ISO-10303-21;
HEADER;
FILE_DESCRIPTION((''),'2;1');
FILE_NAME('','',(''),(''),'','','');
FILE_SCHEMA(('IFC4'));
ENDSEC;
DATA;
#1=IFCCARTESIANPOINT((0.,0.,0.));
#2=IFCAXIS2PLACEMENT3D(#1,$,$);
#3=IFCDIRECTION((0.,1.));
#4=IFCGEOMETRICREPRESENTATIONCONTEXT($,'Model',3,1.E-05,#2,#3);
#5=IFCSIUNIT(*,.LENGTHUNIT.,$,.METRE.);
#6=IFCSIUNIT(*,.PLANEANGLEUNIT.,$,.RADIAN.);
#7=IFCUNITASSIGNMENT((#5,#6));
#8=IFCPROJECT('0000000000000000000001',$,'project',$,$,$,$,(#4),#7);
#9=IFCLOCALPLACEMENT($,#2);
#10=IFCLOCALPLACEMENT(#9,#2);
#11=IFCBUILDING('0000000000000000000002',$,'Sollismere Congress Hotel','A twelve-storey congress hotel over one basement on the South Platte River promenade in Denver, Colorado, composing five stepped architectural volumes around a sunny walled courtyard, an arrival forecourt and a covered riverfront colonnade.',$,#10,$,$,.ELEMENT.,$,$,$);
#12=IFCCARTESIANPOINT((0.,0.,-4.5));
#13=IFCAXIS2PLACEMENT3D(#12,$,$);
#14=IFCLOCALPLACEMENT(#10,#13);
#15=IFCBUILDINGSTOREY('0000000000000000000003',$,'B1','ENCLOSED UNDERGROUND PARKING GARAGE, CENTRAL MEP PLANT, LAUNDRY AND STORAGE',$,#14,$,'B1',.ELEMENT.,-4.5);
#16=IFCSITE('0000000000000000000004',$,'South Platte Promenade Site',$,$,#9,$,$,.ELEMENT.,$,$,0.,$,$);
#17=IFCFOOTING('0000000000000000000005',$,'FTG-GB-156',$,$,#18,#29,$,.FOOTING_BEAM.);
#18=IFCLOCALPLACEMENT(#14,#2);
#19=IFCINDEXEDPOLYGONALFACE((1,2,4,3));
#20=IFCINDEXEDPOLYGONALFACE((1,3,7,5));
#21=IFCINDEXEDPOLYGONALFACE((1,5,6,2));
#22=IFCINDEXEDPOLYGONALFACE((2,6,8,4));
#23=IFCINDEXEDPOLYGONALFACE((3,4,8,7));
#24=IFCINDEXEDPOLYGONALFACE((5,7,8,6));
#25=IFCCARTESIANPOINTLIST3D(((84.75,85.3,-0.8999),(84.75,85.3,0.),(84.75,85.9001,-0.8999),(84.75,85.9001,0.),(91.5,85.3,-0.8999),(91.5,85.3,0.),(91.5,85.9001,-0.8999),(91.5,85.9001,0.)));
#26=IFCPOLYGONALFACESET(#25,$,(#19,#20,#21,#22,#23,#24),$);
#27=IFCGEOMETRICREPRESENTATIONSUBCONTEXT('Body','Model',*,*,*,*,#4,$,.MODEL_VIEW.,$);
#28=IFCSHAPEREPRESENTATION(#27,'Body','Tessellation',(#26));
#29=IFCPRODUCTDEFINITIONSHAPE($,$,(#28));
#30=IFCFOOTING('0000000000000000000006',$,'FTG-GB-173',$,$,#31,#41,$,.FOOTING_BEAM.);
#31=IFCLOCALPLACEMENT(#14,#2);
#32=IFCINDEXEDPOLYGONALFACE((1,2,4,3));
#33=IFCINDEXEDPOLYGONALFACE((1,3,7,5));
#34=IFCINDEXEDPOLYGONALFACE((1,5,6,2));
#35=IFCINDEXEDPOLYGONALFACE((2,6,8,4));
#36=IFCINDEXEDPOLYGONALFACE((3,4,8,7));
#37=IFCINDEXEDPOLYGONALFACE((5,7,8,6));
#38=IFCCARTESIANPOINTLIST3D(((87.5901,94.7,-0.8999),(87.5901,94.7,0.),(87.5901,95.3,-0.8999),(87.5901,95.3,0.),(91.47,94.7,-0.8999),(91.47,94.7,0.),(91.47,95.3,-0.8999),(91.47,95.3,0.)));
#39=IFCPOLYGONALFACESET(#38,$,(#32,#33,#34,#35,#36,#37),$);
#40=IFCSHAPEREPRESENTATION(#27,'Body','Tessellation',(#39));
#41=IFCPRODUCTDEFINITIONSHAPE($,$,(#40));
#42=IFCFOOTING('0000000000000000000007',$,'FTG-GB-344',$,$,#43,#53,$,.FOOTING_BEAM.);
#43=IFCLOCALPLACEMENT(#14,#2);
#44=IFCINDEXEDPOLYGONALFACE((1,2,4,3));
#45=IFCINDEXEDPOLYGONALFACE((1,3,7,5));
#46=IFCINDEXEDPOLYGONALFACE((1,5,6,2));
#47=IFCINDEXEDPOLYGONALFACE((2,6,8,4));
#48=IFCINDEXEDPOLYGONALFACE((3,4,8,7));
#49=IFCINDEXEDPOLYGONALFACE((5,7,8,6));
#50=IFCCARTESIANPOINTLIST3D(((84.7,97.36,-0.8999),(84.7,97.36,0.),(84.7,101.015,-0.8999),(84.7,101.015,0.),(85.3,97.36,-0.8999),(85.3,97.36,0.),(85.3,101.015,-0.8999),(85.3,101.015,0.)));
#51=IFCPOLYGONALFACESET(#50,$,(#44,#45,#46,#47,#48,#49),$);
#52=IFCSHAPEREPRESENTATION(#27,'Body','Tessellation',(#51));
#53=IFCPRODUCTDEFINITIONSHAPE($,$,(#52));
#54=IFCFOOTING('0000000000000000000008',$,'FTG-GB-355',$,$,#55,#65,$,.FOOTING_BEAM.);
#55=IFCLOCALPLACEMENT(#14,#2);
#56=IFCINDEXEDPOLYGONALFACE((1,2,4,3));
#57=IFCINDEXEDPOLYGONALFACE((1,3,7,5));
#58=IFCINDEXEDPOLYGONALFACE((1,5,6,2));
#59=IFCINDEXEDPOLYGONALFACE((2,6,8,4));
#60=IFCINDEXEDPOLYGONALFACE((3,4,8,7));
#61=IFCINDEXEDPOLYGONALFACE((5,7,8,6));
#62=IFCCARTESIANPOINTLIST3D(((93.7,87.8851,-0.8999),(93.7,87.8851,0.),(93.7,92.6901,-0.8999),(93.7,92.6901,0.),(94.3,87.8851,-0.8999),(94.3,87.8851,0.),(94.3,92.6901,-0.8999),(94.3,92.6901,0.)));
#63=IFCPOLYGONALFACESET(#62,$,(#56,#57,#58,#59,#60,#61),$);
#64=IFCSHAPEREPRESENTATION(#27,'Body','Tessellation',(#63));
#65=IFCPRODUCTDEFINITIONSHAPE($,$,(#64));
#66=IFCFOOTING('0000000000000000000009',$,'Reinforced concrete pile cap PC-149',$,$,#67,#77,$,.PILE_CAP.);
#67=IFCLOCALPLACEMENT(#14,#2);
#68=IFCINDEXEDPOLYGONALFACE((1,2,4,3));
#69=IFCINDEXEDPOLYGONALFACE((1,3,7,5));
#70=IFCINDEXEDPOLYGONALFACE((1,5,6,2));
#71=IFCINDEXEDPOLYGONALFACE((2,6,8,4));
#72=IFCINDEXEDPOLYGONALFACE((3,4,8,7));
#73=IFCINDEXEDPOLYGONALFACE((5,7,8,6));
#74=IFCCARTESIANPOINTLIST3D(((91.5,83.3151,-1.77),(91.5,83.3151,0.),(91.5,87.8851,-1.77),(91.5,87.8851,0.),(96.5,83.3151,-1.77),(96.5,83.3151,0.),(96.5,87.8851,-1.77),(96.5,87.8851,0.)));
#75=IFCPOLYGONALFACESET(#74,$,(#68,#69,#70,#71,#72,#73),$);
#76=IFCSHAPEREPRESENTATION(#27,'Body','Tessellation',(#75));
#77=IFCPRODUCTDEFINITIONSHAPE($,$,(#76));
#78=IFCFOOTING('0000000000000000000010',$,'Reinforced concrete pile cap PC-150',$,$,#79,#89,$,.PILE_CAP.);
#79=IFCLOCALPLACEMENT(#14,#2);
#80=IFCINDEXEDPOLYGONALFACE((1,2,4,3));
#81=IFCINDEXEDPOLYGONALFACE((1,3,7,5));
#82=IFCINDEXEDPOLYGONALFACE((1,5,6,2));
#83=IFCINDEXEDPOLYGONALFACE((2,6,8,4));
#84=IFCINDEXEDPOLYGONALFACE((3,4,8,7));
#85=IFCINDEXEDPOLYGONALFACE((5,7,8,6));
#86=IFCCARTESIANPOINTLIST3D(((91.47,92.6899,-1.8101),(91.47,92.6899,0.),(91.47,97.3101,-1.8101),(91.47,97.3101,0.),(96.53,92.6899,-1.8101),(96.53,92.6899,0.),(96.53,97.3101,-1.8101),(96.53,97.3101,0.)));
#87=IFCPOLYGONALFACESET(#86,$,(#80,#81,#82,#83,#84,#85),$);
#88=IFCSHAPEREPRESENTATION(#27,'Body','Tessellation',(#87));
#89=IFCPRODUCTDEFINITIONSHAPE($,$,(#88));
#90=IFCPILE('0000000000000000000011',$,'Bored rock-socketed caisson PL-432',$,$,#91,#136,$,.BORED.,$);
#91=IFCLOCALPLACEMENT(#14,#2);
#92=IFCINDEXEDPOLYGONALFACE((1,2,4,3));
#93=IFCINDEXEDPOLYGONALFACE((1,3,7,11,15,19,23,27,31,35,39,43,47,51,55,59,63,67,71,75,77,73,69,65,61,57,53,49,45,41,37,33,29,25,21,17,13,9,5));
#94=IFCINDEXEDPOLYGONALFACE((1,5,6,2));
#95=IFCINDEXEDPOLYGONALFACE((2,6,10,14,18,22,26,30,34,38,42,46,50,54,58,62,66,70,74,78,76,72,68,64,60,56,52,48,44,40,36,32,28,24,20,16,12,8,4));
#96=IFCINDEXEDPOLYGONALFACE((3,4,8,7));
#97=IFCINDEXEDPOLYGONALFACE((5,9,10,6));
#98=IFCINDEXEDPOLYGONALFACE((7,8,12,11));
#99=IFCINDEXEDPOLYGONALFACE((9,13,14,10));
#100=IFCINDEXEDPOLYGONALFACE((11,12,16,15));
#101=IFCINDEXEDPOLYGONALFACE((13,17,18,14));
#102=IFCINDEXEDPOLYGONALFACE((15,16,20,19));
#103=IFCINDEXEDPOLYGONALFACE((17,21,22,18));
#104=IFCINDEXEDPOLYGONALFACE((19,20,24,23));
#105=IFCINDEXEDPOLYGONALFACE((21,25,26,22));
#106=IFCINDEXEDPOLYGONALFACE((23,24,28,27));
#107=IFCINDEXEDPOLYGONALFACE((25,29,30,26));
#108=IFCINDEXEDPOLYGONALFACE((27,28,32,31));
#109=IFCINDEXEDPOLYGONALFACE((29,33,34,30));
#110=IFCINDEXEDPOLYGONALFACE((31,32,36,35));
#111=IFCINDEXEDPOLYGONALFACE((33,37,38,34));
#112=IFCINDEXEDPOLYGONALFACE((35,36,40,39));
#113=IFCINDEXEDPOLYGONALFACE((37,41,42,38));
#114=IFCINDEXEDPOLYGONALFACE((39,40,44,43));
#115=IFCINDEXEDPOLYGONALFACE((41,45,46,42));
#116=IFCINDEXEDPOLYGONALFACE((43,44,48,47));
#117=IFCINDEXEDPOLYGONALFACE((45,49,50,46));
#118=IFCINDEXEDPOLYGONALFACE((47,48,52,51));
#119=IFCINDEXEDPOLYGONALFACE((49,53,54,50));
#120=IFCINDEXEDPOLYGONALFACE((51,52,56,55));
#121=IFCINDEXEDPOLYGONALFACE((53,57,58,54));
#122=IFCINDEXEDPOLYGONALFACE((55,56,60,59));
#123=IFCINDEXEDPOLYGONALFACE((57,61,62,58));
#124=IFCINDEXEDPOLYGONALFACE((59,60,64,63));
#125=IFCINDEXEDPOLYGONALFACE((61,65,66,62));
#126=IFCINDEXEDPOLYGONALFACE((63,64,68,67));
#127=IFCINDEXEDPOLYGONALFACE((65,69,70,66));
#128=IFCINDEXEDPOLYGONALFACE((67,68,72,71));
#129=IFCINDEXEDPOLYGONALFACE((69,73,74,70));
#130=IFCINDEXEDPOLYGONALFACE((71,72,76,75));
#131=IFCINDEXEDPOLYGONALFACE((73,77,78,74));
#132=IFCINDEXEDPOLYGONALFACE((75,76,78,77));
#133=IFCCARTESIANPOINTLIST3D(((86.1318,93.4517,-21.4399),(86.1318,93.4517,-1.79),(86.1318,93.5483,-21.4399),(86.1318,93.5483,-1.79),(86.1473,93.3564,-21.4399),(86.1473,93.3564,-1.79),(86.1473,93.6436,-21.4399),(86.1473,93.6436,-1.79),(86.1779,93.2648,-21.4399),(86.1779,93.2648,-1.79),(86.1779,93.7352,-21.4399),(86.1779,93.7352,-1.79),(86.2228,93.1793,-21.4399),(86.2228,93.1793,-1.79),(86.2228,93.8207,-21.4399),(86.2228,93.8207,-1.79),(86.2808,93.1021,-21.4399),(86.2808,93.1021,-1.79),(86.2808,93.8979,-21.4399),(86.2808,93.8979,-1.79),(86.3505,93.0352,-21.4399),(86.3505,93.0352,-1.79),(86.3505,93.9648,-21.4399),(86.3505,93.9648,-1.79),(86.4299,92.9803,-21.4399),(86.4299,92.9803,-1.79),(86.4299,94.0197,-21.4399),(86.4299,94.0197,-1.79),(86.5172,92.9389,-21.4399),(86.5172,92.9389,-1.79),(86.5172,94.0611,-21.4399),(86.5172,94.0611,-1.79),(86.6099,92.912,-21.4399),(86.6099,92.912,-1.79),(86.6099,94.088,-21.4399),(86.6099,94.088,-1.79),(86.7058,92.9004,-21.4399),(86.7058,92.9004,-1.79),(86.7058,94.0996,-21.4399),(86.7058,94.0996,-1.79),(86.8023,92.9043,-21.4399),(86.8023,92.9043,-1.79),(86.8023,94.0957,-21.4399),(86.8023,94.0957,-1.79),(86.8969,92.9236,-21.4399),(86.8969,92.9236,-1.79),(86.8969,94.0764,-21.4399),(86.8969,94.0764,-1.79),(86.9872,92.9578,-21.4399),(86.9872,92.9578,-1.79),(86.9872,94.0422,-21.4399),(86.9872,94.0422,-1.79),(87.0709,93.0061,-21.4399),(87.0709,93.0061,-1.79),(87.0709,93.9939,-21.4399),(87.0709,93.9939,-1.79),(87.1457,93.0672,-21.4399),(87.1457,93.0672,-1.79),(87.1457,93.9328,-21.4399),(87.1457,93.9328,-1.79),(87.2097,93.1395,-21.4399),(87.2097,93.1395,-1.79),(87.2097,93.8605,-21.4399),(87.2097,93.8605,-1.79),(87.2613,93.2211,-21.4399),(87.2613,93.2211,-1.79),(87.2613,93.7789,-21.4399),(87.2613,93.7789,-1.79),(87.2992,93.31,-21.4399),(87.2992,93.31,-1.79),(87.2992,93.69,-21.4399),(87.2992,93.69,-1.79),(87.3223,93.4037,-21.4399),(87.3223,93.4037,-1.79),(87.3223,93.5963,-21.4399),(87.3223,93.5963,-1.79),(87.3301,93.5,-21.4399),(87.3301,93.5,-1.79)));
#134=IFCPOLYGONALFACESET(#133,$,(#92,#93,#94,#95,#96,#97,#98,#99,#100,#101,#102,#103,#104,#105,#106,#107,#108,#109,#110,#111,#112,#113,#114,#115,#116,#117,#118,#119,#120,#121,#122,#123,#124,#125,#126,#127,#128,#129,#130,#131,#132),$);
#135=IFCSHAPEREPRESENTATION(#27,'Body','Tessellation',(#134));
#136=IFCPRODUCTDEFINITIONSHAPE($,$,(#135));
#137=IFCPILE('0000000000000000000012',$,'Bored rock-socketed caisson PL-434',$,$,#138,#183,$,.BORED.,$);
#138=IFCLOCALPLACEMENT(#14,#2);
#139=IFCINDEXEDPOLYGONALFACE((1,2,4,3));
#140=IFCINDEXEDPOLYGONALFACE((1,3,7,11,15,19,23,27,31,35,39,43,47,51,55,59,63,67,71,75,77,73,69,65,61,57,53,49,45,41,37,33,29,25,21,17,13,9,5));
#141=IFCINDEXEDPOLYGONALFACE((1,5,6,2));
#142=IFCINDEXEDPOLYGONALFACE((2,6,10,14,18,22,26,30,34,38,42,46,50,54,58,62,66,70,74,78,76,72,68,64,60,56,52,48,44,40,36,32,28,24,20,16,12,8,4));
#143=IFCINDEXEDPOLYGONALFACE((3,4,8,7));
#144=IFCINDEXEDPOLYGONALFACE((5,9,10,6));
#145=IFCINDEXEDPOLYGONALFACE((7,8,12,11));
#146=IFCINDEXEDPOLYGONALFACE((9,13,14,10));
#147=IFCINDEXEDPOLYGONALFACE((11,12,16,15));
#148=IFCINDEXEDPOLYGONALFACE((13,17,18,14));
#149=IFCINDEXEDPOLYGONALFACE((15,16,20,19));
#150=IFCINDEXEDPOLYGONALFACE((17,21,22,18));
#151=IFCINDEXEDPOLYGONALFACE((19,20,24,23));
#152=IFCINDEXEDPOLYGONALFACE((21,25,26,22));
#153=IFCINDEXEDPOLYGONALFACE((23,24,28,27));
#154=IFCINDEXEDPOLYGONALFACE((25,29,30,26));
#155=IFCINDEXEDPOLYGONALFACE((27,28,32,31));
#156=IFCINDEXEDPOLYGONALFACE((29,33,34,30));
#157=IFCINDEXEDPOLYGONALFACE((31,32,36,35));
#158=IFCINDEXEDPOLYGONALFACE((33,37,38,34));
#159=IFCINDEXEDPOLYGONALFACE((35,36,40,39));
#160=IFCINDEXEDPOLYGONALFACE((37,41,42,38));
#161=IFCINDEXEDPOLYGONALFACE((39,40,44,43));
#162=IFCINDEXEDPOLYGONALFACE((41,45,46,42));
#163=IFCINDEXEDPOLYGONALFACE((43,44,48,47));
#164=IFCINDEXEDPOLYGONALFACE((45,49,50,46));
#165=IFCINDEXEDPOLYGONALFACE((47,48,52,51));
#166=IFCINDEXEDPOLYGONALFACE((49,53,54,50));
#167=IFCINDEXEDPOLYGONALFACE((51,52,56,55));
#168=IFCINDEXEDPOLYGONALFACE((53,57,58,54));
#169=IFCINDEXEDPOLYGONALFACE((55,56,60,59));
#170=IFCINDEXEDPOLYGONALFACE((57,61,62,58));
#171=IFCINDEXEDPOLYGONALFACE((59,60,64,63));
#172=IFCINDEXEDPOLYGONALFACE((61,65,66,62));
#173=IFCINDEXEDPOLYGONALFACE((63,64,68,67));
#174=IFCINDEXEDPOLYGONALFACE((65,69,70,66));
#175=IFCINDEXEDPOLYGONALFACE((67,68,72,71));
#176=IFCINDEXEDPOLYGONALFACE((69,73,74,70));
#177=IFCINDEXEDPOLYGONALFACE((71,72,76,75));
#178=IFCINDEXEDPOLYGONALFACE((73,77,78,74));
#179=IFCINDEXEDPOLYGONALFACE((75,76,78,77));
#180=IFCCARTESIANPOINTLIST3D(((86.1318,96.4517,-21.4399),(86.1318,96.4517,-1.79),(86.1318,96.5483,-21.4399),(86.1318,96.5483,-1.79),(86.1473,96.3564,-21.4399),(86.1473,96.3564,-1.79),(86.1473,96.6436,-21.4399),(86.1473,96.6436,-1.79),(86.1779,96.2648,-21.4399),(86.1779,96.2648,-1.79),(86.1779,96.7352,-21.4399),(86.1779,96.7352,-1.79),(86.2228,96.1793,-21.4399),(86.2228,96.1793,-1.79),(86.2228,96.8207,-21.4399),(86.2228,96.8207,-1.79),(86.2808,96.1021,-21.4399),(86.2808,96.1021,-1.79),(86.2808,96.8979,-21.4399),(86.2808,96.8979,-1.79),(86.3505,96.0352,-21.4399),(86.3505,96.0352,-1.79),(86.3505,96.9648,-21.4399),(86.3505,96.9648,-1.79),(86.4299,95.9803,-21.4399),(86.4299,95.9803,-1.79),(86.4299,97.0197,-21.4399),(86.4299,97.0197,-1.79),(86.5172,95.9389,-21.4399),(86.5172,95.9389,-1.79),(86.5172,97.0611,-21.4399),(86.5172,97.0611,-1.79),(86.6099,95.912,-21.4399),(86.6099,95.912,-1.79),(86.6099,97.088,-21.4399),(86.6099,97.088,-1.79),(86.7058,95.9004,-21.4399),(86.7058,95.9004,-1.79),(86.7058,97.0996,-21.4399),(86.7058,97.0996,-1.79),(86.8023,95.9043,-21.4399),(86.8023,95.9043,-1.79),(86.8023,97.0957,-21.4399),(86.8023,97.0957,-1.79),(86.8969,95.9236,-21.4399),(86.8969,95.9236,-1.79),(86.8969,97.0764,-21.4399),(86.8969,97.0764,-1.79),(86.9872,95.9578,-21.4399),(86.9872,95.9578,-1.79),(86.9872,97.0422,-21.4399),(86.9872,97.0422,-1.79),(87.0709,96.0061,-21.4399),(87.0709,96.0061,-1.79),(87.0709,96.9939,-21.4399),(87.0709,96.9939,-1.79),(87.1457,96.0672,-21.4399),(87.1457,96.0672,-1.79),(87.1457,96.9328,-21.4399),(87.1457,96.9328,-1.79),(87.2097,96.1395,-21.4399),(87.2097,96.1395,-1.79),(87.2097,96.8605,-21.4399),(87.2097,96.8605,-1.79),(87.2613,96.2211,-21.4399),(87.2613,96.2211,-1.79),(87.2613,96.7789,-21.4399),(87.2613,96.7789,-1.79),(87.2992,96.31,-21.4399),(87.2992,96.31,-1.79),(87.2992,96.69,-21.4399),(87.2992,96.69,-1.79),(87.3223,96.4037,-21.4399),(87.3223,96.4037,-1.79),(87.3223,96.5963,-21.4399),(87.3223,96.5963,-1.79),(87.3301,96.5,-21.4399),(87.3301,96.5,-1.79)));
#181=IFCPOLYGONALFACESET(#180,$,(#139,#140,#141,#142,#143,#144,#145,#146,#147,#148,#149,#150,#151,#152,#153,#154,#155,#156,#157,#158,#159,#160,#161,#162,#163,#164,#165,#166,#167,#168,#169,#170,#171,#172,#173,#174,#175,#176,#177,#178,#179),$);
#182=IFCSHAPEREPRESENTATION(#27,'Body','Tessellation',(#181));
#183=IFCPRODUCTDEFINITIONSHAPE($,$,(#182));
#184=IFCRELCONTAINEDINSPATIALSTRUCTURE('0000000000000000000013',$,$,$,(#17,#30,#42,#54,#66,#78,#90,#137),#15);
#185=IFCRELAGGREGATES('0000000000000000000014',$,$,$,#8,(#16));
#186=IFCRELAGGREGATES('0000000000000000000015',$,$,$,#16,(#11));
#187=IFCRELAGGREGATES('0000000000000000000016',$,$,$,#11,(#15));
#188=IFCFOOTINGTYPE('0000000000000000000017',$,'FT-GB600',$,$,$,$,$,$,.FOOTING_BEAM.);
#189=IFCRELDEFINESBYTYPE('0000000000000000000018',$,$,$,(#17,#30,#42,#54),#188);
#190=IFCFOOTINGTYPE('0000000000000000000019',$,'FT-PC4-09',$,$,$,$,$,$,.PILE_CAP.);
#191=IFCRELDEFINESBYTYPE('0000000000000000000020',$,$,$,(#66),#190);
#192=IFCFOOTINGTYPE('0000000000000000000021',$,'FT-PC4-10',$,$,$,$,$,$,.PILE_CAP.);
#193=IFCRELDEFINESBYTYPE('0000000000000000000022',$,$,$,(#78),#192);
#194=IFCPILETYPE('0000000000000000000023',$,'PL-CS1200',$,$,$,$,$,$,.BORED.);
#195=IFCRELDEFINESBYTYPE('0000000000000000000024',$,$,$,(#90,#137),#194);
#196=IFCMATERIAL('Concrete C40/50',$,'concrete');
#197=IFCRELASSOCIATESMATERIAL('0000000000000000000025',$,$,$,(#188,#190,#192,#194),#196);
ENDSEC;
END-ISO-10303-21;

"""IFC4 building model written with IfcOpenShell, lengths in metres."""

from ifc_helpers import new_model, si_unit, direction, frame, origin, origin_2d, place, context, subcontext, project, spatial, rectangle, circle, extrude, material, material_profile, profile_set, type_object, element, save


model = new_model("IFC4")

# Units and contexts
model_context = context("Model", 3, precision=1e-05, world=origin(), true_north=direction((0.0, 1.0)))
body_context = subcontext(model_context, "Body", "Model", "MODEL_VIEW")
ifc_project = project(units=[si_unit("LENGTHUNIT", "METRE"), si_unit("PLANEANGLEUNIT", "RADIAN")], contexts=[model_context])

# Site, building, storey
site_placement = place(None, origin())
site = spatial("IfcSite", under=ifc_project, at=site_placement, Name="South Platte Promenade Site", CompositionType="ELEMENT", RefElevation=0.0)
building_placement = place(site_placement, origin())
building = spatial("IfcBuilding", under=site, at=building_placement, Name="Sollismere Congress Hotel", Description="A twelve-storey congress hotel over one basement on the South Platte River promenade in Denver, Colorado, composing five stepped architectural volumes around a sunny walled courtyard, an arrival forecourt and a covered riverfront colonnade.", CompositionType="ELEMENT")
storey_placement = place(building_placement, frame((0.0, 0.0, -4.5)))
storey = spatial("IfcBuildingStorey", under=building, at=storey_placement, Name="B1", Description="ENCLOSED UNDERGROUND PARKING GARAGE, CENTRAL MEP PLANT, LAUNDRY AND STORAGE", LongName="B1", CompositionType="ELEMENT", Elevation=-4.5)

# Footings
ifc_material_1 = material(Name="Concrete C40/50", Category="concrete")
footing_type_1 = type_object("IfcFootingType", Name="FT-GB600", PredefinedType="FOOTING_BEAM", material=ifc_material_1)
footing_1_placement = place(storey_placement, frame((88.125, 85.6001, -0.8999), z_axis=(0.0, 0.0, 1.0), x_axis=(1.0, 0.0, 0.0)))
element("IfcFooting", 1, at=footing_1_placement, inside=storey, type_object=footing_type_1, Name="FTG-GB-156", PredefinedType="FOOTING_BEAM", context=body_context, shape_type="SweptSolid", body=[
    extrude(rectangle(XDim=6.75, YDim=0.6001, at=origin_2d()), origin(), (0.0, 0.0, 1.0), 0.8999),
])
footing_2_placement = place(storey_placement, frame((89.53, 95.0, -0.8999), z_axis=(0.0, 0.0, 1.0), x_axis=(1.0, 0.0, 0.0)))
element("IfcFooting", 2, at=footing_2_placement, inside=storey, type_object=footing_type_1, Name="FTG-GB-173", PredefinedType="FOOTING_BEAM", context=body_context, shape_type="SweptSolid", body=[
    extrude(rectangle(XDim=3.8799, YDim=0.6001, at=origin_2d()), origin(), (0.0, 0.0, 1.0), 0.8999),
])
footing_3_placement = place(storey_placement, frame((85.0, 99.1875, -0.8999), z_axis=(0.0, 0.0, 1.0), x_axis=(0.0, 1.0, 0.0)))
element("IfcFooting", 3, at=footing_3_placement, inside=storey, type_object=footing_type_1, Name="FTG-GB-344", PredefinedType="FOOTING_BEAM", context=body_context, shape_type="SweptSolid", body=[
    extrude(rectangle(XDim=3.655, YDim=0.6001, at=origin_2d()), origin(), (0.0, 0.0, 1.0), 0.8999),
])
footing_4_placement = place(storey_placement, frame((94.0, 90.2876, -0.8999), z_axis=(0.0, 0.0, 1.0), x_axis=(0.0, 1.0, 0.0)))
element("IfcFooting", 4, at=footing_4_placement, inside=storey, type_object=footing_type_1, Name="FTG-GB-355", PredefinedType="FOOTING_BEAM", context=body_context, shape_type="SweptSolid", body=[
    extrude(rectangle(XDim=4.8049, YDim=0.6001, at=origin_2d()), origin(), (0.0, 0.0, 1.0), 0.8999),
])
footing_type_2 = type_object("IfcFootingType", Name="FT-PC4-09", PredefinedType="PILE_CAP", material=ifc_material_1)
footing_5_placement = place(storey_placement, frame((94.0, 85.6001, -1.77), z_axis=(0.0, 0.0, 1.0), x_axis=(1.0, 0.0, 0.0)))
element("IfcFooting", 5, at=footing_5_placement, inside=storey, type_object=footing_type_2, Name="Reinforced concrete pile cap PC-149", PredefinedType="PILE_CAP", context=body_context, shape_type="SweptSolid", body=[
    extrude(rectangle(XDim=5.0, YDim=4.5701, at=origin_2d()), origin(), (0.0, 0.0, 1.0), 1.77),
])
footing_type_3 = type_object("IfcFootingType", Name="FT-PC4-10", PredefinedType="PILE_CAP", material=ifc_material_1)
footing_6_placement = place(storey_placement, frame((94.0, 95.0, -1.8101), z_axis=(0.0, 0.0, 1.0), x_axis=(1.0, 0.0, 0.0)))
element("IfcFooting", 6, at=footing_6_placement, inside=storey, type_object=footing_type_3, Name="Reinforced concrete pile cap PC-150", PredefinedType="PILE_CAP", context=body_context, shape_type="SweptSolid", body=[
    extrude(rectangle(XDim=5.0601, YDim=4.6201, at=origin_2d()), origin(), (0.0, 0.0, 1.0), 1.8101),
])

# Piles
ifc_material_profile_1 = material_profile(ifc_material_1, circle(Radius=0.6001, at=origin_2d()), Name="CAISSON1200")
ifc_profile_set_1 = profile_set([ifc_material_profile_1], Name="Concrete C40/50")
pile_type = type_object("IfcPileType", Name="PL-CS1200", PredefinedType="BORED", material=ifc_profile_set_1)
for number, where, z_axis, x_axis, name in (
    (7, (86.73, 93.5, -1.79), (0.0, 0.0, -1.0), (1.0, 0.0, 0.0), "Bored rock-socketed caisson PL-432"),
    (8, (86.73, 96.5, -1.79), (0.0, 0.0, -1.0), (1.0, 0.0, 0.0), "Bored rock-socketed caisson PL-434"),
):
    element("IfcPile", number, at=place(storey_placement, frame(where, z_axis=z_axis, x_axis=x_axis)), inside=storey, type_object=pile_type, Name=name, PredefinedType="BORED", context=body_context, shape_type="SweptSolid", body=[
        extrude(circle(Radius=0.6001, at=origin_2d()), origin(), (0.0, 0.0, 1.0), 19.6499),
    ])

save(model, "model.ifc")
